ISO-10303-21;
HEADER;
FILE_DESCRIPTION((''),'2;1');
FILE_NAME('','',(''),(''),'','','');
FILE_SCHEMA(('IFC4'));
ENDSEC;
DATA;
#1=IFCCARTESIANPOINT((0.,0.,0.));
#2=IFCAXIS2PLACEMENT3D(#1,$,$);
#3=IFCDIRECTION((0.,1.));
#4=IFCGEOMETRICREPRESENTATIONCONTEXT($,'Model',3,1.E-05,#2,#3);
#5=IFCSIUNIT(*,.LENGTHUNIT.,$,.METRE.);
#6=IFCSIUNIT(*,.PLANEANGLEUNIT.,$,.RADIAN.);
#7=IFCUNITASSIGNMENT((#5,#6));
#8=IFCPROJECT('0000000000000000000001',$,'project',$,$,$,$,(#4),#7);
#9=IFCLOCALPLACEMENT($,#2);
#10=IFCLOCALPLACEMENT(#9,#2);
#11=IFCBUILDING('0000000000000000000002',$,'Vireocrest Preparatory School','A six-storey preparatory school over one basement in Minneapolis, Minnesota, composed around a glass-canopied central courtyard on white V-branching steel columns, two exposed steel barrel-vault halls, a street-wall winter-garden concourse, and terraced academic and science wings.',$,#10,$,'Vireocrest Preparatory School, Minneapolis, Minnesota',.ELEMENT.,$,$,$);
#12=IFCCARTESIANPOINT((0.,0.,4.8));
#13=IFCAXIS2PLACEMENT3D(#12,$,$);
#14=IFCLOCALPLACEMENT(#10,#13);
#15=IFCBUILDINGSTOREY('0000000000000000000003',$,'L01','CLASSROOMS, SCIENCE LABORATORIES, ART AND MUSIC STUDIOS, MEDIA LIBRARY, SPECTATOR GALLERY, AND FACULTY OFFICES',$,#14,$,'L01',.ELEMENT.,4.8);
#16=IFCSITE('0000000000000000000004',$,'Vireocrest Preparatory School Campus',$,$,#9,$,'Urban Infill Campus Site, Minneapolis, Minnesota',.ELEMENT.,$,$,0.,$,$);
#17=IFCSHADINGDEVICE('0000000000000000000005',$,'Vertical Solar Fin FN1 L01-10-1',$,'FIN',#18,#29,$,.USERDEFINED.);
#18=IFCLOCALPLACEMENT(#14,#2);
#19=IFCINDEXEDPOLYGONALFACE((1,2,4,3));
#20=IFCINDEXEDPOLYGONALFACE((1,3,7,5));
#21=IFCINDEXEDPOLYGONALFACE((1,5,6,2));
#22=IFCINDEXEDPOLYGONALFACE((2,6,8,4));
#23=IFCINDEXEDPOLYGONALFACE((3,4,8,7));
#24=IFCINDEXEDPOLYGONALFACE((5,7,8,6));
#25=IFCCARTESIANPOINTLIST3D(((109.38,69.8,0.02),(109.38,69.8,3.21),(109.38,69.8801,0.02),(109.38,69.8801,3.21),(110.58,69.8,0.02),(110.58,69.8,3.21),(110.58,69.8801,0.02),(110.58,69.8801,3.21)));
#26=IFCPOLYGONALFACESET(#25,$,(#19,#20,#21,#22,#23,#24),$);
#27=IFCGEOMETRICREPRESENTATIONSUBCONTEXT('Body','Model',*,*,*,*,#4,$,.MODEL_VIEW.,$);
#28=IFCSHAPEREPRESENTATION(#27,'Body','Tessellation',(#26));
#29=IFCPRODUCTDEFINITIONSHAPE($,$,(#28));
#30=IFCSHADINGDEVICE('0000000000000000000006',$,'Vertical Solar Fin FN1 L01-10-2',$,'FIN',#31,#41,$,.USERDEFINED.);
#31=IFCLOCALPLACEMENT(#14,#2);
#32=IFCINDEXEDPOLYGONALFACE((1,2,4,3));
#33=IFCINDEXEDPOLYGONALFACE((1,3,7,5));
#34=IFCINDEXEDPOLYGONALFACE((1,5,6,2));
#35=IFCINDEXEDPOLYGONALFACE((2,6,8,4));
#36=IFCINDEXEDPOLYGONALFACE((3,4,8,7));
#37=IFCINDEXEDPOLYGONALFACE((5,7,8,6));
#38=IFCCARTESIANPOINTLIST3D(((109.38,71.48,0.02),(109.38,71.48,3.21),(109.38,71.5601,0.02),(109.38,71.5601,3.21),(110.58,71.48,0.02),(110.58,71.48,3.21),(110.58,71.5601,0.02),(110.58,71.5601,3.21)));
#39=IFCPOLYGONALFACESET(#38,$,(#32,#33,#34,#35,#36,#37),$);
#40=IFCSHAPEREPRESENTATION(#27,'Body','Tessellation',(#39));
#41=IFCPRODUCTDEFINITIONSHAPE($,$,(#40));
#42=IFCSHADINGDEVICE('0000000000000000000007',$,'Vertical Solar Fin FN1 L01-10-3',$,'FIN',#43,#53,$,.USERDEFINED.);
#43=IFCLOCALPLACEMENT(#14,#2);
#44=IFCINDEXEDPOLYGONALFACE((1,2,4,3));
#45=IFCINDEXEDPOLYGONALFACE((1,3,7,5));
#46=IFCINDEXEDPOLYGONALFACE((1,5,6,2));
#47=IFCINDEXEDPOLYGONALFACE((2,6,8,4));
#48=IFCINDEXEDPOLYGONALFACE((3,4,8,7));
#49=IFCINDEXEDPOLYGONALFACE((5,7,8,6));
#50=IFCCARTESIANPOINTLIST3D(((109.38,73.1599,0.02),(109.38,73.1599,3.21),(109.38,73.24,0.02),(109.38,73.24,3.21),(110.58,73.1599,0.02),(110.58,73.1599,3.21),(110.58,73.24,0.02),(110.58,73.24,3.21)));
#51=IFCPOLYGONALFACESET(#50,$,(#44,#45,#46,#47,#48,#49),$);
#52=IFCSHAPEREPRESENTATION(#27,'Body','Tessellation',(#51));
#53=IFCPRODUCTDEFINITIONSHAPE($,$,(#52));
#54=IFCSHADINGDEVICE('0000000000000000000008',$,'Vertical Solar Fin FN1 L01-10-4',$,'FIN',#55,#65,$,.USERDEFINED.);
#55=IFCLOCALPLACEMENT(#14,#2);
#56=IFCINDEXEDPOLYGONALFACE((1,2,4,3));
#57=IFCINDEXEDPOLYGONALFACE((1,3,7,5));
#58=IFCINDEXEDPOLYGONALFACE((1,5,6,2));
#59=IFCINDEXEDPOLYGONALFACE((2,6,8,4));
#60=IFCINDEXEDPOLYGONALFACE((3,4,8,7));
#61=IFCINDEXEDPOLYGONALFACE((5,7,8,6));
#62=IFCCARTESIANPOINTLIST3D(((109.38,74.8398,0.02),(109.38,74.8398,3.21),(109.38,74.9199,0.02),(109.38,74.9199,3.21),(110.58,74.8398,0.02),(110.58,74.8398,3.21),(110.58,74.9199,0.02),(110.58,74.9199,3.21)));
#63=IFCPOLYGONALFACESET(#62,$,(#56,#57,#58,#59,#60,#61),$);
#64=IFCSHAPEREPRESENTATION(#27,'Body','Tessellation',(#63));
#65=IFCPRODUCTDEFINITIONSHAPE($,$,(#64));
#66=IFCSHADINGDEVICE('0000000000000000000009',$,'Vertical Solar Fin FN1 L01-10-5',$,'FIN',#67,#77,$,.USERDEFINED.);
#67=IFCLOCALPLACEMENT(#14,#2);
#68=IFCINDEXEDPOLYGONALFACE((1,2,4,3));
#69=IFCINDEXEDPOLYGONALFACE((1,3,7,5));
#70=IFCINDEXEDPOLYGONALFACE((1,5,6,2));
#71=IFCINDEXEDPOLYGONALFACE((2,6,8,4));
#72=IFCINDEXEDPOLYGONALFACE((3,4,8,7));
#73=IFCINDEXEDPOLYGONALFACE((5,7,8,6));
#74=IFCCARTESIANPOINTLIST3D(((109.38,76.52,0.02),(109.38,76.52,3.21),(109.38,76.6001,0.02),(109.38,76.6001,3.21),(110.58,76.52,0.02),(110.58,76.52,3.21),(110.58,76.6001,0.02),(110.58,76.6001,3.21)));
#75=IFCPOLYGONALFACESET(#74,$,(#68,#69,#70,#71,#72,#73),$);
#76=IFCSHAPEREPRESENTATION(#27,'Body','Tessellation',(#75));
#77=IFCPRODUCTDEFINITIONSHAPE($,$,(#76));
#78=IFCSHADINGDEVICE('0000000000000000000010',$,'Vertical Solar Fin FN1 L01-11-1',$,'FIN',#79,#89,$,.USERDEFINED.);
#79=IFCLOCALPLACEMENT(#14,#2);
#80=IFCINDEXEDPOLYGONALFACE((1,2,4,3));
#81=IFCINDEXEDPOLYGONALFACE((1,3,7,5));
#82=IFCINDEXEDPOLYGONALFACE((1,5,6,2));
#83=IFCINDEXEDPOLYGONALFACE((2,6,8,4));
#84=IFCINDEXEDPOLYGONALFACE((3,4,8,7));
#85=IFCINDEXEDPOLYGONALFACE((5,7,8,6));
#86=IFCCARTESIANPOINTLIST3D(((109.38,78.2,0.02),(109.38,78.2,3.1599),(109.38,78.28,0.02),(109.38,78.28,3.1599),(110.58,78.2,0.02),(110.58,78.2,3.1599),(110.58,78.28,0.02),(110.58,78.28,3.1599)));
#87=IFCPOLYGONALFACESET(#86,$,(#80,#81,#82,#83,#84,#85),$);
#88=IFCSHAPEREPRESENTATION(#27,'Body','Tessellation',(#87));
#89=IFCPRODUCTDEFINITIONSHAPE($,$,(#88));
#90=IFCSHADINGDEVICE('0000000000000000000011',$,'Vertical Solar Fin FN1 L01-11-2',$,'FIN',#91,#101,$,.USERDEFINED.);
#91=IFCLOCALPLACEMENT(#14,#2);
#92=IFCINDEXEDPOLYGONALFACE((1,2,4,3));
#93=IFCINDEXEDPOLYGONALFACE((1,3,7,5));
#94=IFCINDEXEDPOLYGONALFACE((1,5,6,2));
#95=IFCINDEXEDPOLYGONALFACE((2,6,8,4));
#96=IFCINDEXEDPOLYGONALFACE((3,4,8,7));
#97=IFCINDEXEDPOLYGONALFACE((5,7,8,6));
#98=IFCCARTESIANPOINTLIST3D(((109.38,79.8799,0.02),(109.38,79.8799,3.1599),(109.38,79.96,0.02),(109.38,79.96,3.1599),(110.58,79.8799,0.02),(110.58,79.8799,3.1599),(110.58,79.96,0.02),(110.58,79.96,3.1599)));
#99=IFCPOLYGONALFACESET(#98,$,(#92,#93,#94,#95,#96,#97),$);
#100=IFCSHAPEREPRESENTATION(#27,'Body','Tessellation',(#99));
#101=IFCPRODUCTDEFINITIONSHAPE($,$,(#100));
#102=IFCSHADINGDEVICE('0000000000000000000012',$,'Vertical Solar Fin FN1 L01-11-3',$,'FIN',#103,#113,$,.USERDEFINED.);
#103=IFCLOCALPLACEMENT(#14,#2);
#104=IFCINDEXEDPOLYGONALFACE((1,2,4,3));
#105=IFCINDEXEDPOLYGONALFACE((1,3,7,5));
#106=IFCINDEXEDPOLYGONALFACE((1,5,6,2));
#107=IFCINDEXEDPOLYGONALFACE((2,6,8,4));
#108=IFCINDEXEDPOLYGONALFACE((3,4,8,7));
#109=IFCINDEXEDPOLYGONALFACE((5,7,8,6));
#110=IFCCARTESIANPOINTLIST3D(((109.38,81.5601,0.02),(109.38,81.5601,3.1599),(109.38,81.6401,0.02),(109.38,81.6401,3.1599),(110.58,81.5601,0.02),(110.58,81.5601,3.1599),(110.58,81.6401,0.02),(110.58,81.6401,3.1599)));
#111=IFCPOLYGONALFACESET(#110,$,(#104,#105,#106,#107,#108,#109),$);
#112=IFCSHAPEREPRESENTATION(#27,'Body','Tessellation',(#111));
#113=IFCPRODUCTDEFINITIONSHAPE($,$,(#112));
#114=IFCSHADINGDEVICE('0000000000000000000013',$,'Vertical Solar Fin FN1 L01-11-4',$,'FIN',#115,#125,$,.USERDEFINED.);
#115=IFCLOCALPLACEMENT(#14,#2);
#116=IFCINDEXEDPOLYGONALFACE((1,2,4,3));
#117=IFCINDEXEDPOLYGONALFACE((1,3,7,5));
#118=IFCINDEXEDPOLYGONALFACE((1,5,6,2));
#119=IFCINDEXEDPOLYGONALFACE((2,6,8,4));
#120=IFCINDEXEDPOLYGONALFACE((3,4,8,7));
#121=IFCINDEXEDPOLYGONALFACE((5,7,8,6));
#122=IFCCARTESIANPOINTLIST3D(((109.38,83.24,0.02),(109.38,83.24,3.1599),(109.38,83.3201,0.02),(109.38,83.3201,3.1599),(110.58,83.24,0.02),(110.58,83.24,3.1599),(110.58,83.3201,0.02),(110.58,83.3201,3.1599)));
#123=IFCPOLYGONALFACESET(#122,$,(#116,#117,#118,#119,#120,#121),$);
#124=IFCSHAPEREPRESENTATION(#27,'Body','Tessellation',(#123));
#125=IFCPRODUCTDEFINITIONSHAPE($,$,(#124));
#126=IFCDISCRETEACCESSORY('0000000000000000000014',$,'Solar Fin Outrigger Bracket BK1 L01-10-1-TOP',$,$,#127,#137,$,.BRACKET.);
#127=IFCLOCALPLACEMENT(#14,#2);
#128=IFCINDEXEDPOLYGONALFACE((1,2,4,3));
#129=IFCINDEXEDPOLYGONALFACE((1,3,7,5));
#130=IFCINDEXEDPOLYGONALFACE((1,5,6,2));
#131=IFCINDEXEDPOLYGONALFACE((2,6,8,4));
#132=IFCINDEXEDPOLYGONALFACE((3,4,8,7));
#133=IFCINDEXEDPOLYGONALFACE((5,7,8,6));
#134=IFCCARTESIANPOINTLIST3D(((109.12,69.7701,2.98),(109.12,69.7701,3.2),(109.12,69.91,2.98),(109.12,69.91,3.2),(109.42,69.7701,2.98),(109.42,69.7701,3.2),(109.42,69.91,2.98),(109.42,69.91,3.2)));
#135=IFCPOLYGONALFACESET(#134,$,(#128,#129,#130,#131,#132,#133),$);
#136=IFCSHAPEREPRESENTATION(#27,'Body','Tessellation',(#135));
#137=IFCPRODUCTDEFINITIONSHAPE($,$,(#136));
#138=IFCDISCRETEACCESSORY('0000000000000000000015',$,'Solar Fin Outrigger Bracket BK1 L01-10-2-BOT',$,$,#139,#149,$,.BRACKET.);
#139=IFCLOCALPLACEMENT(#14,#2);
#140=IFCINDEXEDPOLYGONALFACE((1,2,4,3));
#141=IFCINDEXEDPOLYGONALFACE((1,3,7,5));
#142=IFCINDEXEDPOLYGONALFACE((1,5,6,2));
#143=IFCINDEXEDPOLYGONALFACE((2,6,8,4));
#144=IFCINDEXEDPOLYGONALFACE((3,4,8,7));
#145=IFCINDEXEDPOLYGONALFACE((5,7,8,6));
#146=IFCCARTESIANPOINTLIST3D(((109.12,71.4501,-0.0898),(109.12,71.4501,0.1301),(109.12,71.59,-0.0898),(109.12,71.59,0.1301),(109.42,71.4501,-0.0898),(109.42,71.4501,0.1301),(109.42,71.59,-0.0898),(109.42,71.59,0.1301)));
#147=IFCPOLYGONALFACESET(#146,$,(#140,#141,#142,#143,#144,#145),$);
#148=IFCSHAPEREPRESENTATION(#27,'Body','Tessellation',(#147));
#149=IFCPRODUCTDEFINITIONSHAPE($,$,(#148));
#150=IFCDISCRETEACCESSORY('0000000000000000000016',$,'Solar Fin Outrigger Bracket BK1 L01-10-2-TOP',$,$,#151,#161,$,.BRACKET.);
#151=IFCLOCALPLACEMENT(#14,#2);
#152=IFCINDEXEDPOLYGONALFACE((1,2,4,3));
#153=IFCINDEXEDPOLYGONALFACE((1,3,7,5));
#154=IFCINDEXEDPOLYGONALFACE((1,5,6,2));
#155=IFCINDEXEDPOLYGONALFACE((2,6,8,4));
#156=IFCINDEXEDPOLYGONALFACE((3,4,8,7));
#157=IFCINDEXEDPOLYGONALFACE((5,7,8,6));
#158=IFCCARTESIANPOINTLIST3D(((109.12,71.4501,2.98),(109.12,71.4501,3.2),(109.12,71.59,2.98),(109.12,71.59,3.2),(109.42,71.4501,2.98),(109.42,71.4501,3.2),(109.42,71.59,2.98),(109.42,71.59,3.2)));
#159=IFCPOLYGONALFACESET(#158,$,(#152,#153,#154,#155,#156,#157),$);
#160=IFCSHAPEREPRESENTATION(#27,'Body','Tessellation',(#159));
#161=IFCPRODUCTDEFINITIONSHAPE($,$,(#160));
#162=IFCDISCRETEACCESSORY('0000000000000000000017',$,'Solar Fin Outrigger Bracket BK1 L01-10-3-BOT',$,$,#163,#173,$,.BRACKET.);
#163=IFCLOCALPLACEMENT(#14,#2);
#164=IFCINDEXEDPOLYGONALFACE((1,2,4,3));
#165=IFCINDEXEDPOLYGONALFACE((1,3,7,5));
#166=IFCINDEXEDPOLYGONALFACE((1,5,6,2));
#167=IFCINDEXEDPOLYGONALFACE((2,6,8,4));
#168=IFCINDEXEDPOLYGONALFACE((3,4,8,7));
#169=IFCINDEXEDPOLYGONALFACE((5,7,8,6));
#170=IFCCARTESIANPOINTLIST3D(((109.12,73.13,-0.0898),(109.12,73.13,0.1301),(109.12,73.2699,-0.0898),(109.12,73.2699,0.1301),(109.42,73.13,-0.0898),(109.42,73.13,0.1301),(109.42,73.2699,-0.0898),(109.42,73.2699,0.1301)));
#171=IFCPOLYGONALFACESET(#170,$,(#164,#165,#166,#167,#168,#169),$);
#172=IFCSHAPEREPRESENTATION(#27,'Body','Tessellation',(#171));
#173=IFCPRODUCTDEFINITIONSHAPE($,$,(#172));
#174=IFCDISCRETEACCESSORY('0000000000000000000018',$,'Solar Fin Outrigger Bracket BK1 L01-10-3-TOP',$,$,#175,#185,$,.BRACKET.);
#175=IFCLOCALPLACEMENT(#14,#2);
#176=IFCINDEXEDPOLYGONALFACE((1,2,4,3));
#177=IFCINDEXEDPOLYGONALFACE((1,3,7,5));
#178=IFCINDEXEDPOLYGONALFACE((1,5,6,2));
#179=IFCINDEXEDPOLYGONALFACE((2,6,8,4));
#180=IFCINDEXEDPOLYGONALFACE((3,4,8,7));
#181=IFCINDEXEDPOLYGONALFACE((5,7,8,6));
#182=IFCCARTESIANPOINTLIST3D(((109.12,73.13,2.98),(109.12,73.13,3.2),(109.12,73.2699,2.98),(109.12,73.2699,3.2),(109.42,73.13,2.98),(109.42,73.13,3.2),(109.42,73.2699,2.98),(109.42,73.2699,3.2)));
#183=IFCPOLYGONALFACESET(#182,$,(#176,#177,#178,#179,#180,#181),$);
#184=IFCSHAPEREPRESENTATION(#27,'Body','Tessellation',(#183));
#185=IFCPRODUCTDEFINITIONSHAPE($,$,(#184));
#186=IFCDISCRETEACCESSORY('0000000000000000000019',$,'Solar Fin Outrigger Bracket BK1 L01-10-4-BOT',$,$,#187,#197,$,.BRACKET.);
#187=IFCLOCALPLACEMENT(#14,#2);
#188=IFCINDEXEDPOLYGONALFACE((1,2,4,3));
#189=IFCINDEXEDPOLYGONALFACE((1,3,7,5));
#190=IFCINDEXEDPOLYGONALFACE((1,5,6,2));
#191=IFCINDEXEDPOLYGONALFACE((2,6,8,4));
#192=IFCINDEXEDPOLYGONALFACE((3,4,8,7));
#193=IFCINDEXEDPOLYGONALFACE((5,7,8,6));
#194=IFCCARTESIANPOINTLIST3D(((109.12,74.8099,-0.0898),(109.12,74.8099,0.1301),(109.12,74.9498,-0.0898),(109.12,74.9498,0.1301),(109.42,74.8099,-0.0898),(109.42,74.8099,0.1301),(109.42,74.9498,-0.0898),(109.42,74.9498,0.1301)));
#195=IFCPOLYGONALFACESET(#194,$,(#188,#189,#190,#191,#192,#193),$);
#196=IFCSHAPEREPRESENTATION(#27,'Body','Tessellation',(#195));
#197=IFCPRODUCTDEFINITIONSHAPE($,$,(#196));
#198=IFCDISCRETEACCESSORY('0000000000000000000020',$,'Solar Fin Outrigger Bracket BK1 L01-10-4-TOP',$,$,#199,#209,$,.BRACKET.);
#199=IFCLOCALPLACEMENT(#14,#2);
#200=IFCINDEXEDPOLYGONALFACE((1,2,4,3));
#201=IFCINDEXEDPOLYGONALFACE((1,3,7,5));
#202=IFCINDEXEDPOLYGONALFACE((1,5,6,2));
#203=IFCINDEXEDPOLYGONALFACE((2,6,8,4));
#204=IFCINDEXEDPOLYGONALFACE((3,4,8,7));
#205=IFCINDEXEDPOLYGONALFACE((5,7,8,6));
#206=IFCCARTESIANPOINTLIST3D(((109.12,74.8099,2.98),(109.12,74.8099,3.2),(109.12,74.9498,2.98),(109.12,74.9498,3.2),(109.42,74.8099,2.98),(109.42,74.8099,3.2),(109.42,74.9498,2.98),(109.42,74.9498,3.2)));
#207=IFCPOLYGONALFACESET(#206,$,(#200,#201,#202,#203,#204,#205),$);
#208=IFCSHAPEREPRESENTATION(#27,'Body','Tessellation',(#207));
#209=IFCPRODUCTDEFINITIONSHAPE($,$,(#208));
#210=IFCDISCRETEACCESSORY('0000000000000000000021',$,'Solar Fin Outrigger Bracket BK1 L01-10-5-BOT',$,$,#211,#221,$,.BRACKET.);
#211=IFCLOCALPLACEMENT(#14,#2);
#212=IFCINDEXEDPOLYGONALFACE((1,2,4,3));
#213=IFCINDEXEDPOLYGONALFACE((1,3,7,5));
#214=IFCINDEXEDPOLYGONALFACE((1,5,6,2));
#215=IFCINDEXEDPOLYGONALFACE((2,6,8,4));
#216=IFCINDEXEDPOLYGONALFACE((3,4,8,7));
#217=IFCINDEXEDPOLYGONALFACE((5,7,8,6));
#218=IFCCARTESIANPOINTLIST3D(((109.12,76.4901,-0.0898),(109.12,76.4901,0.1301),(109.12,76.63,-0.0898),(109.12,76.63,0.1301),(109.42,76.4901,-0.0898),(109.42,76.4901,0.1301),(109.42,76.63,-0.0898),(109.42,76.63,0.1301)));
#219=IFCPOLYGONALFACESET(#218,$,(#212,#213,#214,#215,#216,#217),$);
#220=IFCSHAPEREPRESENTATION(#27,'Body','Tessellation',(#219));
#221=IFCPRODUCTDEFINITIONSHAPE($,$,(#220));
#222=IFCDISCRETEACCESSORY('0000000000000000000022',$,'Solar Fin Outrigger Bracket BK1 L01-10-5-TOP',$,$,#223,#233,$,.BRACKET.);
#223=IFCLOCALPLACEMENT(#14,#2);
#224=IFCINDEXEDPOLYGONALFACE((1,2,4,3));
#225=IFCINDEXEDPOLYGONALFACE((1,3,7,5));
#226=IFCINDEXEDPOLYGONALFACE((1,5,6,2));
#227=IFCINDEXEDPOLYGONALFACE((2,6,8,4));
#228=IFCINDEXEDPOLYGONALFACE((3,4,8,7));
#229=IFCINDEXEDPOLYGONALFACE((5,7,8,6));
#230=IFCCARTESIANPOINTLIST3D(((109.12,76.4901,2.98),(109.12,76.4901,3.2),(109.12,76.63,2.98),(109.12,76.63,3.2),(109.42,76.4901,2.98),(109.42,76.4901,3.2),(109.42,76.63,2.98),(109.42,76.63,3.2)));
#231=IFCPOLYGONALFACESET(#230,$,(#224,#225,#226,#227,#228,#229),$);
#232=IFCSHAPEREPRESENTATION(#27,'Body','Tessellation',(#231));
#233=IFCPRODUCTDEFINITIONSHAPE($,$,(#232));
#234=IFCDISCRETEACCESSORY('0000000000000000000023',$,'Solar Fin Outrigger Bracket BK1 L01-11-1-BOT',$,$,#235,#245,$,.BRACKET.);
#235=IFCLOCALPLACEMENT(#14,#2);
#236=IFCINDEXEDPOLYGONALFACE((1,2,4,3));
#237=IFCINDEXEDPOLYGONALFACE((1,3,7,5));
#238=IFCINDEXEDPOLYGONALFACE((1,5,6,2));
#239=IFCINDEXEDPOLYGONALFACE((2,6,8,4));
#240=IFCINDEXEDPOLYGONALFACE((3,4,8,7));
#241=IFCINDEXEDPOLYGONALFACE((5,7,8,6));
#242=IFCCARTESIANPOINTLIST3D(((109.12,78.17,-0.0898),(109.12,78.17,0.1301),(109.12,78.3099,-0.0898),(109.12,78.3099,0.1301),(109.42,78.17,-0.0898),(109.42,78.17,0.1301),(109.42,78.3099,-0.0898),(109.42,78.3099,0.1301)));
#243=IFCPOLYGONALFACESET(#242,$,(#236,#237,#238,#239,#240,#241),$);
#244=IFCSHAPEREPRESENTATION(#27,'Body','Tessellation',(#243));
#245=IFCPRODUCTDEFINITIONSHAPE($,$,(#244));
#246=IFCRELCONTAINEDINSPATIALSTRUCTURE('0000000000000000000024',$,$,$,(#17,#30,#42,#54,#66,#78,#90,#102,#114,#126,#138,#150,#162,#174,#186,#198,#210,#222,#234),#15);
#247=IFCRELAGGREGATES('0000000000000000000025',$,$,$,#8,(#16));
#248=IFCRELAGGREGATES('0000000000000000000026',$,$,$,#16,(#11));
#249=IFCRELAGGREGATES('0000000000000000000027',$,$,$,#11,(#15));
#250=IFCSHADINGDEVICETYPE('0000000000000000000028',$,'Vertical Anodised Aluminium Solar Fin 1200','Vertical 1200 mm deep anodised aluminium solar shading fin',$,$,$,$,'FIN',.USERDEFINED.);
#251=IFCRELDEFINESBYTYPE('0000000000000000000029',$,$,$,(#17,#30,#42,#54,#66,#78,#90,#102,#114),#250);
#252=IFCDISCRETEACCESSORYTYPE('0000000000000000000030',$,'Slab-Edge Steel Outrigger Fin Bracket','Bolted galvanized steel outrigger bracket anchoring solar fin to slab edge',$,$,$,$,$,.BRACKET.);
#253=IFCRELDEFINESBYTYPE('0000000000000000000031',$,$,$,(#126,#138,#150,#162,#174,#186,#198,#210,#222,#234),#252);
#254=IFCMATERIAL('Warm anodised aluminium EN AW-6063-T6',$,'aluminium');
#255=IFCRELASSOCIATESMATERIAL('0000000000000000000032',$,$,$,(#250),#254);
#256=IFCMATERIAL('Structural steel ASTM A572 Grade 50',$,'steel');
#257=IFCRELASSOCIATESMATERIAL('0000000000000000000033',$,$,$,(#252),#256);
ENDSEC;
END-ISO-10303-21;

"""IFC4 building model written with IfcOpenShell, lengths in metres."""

from ifc_helpers import new_model, si_unit, direction, frame, origin, origin_2d, place, context, subcontext, project, spatial, rectangle, extrude, material, material_profile, profile_set, type_object, element, save


model = new_model("IFC4")

# Units and contexts
model_context = context("Model", 3, precision=1e-05, world=origin(), true_north=direction((0.0, 1.0)))
body_context = subcontext(model_context, "Body", "Model", "MODEL_VIEW")
ifc_project = project(units=[si_unit("LENGTHUNIT", "METRE"), si_unit("PLANEANGLEUNIT", "RADIAN")], contexts=[model_context])

# Site, building, storey
site_placement = place(None, origin())
site = spatial("IfcSite", under=ifc_project, at=site_placement, Name="Vireocrest Preparatory School Campus", LongName="Urban Infill Campus Site, Minneapolis, Minnesota", CompositionType="ELEMENT", RefElevation=0.0)
building_placement = place(site_placement, origin())
building = spatial("IfcBuilding", under=site, at=building_placement, Name="Vireocrest Preparatory School", Description="A six-storey preparatory school over one basement in Minneapolis, Minnesota, composed around a glass-canopied central courtyard on white V-branching steel columns, two exposed steel barrel-vault halls, a street-wall winter-garden concourse, and terraced academic and science wings.", LongName="Vireocrest Preparatory School, Minneapolis, Minnesota", CompositionType="ELEMENT")
storey_placement = place(building_placement, frame((0.0, 0.0, 4.8)))
storey = spatial("IfcBuildingStorey", under=building, at=storey_placement, Name="L01", Description="CLASSROOMS, SCIENCE LABORATORIES, ART AND MUSIC STUDIOS, MEDIA LIBRARY, SPECTATOR GALLERY, AND FACULTY OFFICES", LongName="L01", CompositionType="ELEMENT", Elevation=4.8)

# Shading devices
ifc_material_1 = material(Name="Warm anodised aluminium EN AW-6063-T6", Category="aluminium")
ifc_material_profile = material_profile(ifc_material_1, rectangle(XDim=0.0801, YDim=1.2, at=origin_2d()), Name="FIN 80x1200")
ifc_profile_set = profile_set([ifc_material_profile], Name="Warm anodised aluminium EN AW-6063-T6")
shading_device_type = type_object("IfcShadingDeviceType", Name="Vertical Anodised Aluminium Solar Fin 1200", Description="Vertical 1200 mm deep anodised aluminium solar shading fin", ElementType="FIN", PredefinedType="USERDEFINED", material=ifc_profile_set)
for number, where, z_axis, x_axis, name in (
    (1, (109.98, 69.8401, 0.02), (0.0, 0.0, 1.0), (0.0, -1.0, 0.0), "Vertical Solar Fin FN1 L01-10-1"),
    (2, (109.98, 71.52, 0.02), (0.0, 0.0, 1.0), (0.0, -1.0, 0.0), "Vertical Solar Fin FN1 L01-10-2"),
    (3, (109.98, 73.2, 0.02), (0.0, 0.0, 1.0), (0.0, -1.0, 0.0), "Vertical Solar Fin FN1 L01-10-3"),
    (4, (109.98, 74.8799, 0.02), (0.0, 0.0, 1.0), (0.0, -1.0, 0.0), "Vertical Solar Fin FN1 L01-10-4"),
    (5, (109.98, 76.5601, 0.02), (0.0, 0.0, 1.0), (0.0, -1.0, 0.0), "Vertical Solar Fin FN1 L01-10-5"),
):
    element("IfcShadingDevice", number, at=place(storey_placement, frame(where, z_axis=z_axis, x_axis=x_axis)), inside=storey, type_object=shading_device_type, Name=name, ObjectType="FIN", PredefinedType="USERDEFINED", context=body_context, shape_type="SweptSolid", body=[
        extrude(rectangle(XDim=0.0801, YDim=1.2, at=origin_2d()), origin(), (0.0, 0.0, 1.0), 3.1899),
    ])
for number, where, z_axis, x_axis, name in (
    (6, (109.98, 78.24, 0.02), (0.0, 0.0, 1.0), (0.0, -1.0, 0.0), "Vertical Solar Fin FN1 L01-11-1"),
    (7, (109.98, 79.9199, 0.02), (0.0, 0.0, 1.0), (0.0, -1.0, 0.0), "Vertical Solar Fin FN1 L01-11-2"),
    (8, (109.98, 81.6001, 0.02), (0.0, 0.0, 1.0), (0.0, -1.0, 0.0), "Vertical Solar Fin FN1 L01-11-3"),
    (9, (109.98, 83.28, 0.02), (0.0, 0.0, 1.0), (0.0, -1.0, 0.0), "Vertical Solar Fin FN1 L01-11-4"),
):
    element("IfcShadingDevice", number, at=place(storey_placement, frame(where, z_axis=z_axis, x_axis=x_axis)), inside=storey, type_object=shading_device_type, Name=name, ObjectType="FIN", PredefinedType="USERDEFINED", context=body_context, shape_type="SweptSolid", body=[
        extrude(rectangle(XDim=0.0801, YDim=1.2, at=origin_2d()), origin(), (0.0, 0.0, 1.0), 3.1399),
    ])

# Discrete accessories
ifc_material_2 = material(Name="Structural steel ASTM A572 Grade 50", Category="steel")
discrete_accessory_type = type_object("IfcDiscreteAccessoryType", Name="Slab-Edge Steel Outrigger Fin Bracket", Description="Bolted galvanized steel outrigger bracket anchoring solar fin to slab edge", PredefinedType="BRACKET", material=ifc_material_2)
for number, where, z_axis, x_axis, name in (
    (10, (109.27, 69.8401, 2.98), (0.0, 0.0, 1.0), (0.0, -1.0, 0.0), "Solar Fin Outrigger Bracket BK1 L01-10-1-TOP"),
    (11, (109.27, 71.52, -0.0898), (0.0, 0.0, 1.0), (0.0, -1.0, 0.0), "Solar Fin Outrigger Bracket BK1 L01-10-2-BOT"),
    (12, (109.27, 71.52, 2.98), (0.0, 0.0, 1.0), (0.0, -1.0, 0.0), "Solar Fin Outrigger Bracket BK1 L01-10-2-TOP"),
    (13, (109.27, 73.2, -0.0898), (0.0, 0.0, 1.0), (0.0, -1.0, 0.0), "Solar Fin Outrigger Bracket BK1 L01-10-3-BOT"),
    (14, (109.27, 73.2, 2.98), (0.0, 0.0, 1.0), (0.0, -1.0, 0.0), "Solar Fin Outrigger Bracket BK1 L01-10-3-TOP"),
    (15, (109.27, 74.8799, -0.0898), (0.0, 0.0, 1.0), (0.0, -1.0, 0.0), "Solar Fin Outrigger Bracket BK1 L01-10-4-BOT"),
    (16, (109.27, 74.8799, 2.98), (0.0, 0.0, 1.0), (0.0, -1.0, 0.0), "Solar Fin Outrigger Bracket BK1 L01-10-4-TOP"),
    (17, (109.27, 76.5601, -0.0898), (0.0, 0.0, 1.0), (0.0, -1.0, 0.0), "Solar Fin Outrigger Bracket BK1 L01-10-5-BOT"),
    (18, (109.27, 76.5601, 2.98), (0.0, 0.0, 1.0), (0.0, -1.0, 0.0), "Solar Fin Outrigger Bracket BK1 L01-10-5-TOP"),
    (19, (109.27, 78.24, -0.0898), (0.0, 0.0, 1.0), (0.0, -1.0, 0.0), "Solar Fin Outrigger Bracket BK1 L01-11-1-BOT"),
):
    element("IfcDiscreteAccessory", number, at=place(storey_placement, frame(where, z_axis=z_axis, x_axis=x_axis)), inside=storey, type_object=discrete_accessory_type, Name=name, PredefinedType="BRACKET", context=body_context, shape_type="SweptSolid", body=[
        extrude(rectangle(XDim=0.1399, YDim=0.3, at=origin_2d()), origin(), (0.0, 0.0, 1.0), 0.22),
    ])

save(model, "model.ifc")
